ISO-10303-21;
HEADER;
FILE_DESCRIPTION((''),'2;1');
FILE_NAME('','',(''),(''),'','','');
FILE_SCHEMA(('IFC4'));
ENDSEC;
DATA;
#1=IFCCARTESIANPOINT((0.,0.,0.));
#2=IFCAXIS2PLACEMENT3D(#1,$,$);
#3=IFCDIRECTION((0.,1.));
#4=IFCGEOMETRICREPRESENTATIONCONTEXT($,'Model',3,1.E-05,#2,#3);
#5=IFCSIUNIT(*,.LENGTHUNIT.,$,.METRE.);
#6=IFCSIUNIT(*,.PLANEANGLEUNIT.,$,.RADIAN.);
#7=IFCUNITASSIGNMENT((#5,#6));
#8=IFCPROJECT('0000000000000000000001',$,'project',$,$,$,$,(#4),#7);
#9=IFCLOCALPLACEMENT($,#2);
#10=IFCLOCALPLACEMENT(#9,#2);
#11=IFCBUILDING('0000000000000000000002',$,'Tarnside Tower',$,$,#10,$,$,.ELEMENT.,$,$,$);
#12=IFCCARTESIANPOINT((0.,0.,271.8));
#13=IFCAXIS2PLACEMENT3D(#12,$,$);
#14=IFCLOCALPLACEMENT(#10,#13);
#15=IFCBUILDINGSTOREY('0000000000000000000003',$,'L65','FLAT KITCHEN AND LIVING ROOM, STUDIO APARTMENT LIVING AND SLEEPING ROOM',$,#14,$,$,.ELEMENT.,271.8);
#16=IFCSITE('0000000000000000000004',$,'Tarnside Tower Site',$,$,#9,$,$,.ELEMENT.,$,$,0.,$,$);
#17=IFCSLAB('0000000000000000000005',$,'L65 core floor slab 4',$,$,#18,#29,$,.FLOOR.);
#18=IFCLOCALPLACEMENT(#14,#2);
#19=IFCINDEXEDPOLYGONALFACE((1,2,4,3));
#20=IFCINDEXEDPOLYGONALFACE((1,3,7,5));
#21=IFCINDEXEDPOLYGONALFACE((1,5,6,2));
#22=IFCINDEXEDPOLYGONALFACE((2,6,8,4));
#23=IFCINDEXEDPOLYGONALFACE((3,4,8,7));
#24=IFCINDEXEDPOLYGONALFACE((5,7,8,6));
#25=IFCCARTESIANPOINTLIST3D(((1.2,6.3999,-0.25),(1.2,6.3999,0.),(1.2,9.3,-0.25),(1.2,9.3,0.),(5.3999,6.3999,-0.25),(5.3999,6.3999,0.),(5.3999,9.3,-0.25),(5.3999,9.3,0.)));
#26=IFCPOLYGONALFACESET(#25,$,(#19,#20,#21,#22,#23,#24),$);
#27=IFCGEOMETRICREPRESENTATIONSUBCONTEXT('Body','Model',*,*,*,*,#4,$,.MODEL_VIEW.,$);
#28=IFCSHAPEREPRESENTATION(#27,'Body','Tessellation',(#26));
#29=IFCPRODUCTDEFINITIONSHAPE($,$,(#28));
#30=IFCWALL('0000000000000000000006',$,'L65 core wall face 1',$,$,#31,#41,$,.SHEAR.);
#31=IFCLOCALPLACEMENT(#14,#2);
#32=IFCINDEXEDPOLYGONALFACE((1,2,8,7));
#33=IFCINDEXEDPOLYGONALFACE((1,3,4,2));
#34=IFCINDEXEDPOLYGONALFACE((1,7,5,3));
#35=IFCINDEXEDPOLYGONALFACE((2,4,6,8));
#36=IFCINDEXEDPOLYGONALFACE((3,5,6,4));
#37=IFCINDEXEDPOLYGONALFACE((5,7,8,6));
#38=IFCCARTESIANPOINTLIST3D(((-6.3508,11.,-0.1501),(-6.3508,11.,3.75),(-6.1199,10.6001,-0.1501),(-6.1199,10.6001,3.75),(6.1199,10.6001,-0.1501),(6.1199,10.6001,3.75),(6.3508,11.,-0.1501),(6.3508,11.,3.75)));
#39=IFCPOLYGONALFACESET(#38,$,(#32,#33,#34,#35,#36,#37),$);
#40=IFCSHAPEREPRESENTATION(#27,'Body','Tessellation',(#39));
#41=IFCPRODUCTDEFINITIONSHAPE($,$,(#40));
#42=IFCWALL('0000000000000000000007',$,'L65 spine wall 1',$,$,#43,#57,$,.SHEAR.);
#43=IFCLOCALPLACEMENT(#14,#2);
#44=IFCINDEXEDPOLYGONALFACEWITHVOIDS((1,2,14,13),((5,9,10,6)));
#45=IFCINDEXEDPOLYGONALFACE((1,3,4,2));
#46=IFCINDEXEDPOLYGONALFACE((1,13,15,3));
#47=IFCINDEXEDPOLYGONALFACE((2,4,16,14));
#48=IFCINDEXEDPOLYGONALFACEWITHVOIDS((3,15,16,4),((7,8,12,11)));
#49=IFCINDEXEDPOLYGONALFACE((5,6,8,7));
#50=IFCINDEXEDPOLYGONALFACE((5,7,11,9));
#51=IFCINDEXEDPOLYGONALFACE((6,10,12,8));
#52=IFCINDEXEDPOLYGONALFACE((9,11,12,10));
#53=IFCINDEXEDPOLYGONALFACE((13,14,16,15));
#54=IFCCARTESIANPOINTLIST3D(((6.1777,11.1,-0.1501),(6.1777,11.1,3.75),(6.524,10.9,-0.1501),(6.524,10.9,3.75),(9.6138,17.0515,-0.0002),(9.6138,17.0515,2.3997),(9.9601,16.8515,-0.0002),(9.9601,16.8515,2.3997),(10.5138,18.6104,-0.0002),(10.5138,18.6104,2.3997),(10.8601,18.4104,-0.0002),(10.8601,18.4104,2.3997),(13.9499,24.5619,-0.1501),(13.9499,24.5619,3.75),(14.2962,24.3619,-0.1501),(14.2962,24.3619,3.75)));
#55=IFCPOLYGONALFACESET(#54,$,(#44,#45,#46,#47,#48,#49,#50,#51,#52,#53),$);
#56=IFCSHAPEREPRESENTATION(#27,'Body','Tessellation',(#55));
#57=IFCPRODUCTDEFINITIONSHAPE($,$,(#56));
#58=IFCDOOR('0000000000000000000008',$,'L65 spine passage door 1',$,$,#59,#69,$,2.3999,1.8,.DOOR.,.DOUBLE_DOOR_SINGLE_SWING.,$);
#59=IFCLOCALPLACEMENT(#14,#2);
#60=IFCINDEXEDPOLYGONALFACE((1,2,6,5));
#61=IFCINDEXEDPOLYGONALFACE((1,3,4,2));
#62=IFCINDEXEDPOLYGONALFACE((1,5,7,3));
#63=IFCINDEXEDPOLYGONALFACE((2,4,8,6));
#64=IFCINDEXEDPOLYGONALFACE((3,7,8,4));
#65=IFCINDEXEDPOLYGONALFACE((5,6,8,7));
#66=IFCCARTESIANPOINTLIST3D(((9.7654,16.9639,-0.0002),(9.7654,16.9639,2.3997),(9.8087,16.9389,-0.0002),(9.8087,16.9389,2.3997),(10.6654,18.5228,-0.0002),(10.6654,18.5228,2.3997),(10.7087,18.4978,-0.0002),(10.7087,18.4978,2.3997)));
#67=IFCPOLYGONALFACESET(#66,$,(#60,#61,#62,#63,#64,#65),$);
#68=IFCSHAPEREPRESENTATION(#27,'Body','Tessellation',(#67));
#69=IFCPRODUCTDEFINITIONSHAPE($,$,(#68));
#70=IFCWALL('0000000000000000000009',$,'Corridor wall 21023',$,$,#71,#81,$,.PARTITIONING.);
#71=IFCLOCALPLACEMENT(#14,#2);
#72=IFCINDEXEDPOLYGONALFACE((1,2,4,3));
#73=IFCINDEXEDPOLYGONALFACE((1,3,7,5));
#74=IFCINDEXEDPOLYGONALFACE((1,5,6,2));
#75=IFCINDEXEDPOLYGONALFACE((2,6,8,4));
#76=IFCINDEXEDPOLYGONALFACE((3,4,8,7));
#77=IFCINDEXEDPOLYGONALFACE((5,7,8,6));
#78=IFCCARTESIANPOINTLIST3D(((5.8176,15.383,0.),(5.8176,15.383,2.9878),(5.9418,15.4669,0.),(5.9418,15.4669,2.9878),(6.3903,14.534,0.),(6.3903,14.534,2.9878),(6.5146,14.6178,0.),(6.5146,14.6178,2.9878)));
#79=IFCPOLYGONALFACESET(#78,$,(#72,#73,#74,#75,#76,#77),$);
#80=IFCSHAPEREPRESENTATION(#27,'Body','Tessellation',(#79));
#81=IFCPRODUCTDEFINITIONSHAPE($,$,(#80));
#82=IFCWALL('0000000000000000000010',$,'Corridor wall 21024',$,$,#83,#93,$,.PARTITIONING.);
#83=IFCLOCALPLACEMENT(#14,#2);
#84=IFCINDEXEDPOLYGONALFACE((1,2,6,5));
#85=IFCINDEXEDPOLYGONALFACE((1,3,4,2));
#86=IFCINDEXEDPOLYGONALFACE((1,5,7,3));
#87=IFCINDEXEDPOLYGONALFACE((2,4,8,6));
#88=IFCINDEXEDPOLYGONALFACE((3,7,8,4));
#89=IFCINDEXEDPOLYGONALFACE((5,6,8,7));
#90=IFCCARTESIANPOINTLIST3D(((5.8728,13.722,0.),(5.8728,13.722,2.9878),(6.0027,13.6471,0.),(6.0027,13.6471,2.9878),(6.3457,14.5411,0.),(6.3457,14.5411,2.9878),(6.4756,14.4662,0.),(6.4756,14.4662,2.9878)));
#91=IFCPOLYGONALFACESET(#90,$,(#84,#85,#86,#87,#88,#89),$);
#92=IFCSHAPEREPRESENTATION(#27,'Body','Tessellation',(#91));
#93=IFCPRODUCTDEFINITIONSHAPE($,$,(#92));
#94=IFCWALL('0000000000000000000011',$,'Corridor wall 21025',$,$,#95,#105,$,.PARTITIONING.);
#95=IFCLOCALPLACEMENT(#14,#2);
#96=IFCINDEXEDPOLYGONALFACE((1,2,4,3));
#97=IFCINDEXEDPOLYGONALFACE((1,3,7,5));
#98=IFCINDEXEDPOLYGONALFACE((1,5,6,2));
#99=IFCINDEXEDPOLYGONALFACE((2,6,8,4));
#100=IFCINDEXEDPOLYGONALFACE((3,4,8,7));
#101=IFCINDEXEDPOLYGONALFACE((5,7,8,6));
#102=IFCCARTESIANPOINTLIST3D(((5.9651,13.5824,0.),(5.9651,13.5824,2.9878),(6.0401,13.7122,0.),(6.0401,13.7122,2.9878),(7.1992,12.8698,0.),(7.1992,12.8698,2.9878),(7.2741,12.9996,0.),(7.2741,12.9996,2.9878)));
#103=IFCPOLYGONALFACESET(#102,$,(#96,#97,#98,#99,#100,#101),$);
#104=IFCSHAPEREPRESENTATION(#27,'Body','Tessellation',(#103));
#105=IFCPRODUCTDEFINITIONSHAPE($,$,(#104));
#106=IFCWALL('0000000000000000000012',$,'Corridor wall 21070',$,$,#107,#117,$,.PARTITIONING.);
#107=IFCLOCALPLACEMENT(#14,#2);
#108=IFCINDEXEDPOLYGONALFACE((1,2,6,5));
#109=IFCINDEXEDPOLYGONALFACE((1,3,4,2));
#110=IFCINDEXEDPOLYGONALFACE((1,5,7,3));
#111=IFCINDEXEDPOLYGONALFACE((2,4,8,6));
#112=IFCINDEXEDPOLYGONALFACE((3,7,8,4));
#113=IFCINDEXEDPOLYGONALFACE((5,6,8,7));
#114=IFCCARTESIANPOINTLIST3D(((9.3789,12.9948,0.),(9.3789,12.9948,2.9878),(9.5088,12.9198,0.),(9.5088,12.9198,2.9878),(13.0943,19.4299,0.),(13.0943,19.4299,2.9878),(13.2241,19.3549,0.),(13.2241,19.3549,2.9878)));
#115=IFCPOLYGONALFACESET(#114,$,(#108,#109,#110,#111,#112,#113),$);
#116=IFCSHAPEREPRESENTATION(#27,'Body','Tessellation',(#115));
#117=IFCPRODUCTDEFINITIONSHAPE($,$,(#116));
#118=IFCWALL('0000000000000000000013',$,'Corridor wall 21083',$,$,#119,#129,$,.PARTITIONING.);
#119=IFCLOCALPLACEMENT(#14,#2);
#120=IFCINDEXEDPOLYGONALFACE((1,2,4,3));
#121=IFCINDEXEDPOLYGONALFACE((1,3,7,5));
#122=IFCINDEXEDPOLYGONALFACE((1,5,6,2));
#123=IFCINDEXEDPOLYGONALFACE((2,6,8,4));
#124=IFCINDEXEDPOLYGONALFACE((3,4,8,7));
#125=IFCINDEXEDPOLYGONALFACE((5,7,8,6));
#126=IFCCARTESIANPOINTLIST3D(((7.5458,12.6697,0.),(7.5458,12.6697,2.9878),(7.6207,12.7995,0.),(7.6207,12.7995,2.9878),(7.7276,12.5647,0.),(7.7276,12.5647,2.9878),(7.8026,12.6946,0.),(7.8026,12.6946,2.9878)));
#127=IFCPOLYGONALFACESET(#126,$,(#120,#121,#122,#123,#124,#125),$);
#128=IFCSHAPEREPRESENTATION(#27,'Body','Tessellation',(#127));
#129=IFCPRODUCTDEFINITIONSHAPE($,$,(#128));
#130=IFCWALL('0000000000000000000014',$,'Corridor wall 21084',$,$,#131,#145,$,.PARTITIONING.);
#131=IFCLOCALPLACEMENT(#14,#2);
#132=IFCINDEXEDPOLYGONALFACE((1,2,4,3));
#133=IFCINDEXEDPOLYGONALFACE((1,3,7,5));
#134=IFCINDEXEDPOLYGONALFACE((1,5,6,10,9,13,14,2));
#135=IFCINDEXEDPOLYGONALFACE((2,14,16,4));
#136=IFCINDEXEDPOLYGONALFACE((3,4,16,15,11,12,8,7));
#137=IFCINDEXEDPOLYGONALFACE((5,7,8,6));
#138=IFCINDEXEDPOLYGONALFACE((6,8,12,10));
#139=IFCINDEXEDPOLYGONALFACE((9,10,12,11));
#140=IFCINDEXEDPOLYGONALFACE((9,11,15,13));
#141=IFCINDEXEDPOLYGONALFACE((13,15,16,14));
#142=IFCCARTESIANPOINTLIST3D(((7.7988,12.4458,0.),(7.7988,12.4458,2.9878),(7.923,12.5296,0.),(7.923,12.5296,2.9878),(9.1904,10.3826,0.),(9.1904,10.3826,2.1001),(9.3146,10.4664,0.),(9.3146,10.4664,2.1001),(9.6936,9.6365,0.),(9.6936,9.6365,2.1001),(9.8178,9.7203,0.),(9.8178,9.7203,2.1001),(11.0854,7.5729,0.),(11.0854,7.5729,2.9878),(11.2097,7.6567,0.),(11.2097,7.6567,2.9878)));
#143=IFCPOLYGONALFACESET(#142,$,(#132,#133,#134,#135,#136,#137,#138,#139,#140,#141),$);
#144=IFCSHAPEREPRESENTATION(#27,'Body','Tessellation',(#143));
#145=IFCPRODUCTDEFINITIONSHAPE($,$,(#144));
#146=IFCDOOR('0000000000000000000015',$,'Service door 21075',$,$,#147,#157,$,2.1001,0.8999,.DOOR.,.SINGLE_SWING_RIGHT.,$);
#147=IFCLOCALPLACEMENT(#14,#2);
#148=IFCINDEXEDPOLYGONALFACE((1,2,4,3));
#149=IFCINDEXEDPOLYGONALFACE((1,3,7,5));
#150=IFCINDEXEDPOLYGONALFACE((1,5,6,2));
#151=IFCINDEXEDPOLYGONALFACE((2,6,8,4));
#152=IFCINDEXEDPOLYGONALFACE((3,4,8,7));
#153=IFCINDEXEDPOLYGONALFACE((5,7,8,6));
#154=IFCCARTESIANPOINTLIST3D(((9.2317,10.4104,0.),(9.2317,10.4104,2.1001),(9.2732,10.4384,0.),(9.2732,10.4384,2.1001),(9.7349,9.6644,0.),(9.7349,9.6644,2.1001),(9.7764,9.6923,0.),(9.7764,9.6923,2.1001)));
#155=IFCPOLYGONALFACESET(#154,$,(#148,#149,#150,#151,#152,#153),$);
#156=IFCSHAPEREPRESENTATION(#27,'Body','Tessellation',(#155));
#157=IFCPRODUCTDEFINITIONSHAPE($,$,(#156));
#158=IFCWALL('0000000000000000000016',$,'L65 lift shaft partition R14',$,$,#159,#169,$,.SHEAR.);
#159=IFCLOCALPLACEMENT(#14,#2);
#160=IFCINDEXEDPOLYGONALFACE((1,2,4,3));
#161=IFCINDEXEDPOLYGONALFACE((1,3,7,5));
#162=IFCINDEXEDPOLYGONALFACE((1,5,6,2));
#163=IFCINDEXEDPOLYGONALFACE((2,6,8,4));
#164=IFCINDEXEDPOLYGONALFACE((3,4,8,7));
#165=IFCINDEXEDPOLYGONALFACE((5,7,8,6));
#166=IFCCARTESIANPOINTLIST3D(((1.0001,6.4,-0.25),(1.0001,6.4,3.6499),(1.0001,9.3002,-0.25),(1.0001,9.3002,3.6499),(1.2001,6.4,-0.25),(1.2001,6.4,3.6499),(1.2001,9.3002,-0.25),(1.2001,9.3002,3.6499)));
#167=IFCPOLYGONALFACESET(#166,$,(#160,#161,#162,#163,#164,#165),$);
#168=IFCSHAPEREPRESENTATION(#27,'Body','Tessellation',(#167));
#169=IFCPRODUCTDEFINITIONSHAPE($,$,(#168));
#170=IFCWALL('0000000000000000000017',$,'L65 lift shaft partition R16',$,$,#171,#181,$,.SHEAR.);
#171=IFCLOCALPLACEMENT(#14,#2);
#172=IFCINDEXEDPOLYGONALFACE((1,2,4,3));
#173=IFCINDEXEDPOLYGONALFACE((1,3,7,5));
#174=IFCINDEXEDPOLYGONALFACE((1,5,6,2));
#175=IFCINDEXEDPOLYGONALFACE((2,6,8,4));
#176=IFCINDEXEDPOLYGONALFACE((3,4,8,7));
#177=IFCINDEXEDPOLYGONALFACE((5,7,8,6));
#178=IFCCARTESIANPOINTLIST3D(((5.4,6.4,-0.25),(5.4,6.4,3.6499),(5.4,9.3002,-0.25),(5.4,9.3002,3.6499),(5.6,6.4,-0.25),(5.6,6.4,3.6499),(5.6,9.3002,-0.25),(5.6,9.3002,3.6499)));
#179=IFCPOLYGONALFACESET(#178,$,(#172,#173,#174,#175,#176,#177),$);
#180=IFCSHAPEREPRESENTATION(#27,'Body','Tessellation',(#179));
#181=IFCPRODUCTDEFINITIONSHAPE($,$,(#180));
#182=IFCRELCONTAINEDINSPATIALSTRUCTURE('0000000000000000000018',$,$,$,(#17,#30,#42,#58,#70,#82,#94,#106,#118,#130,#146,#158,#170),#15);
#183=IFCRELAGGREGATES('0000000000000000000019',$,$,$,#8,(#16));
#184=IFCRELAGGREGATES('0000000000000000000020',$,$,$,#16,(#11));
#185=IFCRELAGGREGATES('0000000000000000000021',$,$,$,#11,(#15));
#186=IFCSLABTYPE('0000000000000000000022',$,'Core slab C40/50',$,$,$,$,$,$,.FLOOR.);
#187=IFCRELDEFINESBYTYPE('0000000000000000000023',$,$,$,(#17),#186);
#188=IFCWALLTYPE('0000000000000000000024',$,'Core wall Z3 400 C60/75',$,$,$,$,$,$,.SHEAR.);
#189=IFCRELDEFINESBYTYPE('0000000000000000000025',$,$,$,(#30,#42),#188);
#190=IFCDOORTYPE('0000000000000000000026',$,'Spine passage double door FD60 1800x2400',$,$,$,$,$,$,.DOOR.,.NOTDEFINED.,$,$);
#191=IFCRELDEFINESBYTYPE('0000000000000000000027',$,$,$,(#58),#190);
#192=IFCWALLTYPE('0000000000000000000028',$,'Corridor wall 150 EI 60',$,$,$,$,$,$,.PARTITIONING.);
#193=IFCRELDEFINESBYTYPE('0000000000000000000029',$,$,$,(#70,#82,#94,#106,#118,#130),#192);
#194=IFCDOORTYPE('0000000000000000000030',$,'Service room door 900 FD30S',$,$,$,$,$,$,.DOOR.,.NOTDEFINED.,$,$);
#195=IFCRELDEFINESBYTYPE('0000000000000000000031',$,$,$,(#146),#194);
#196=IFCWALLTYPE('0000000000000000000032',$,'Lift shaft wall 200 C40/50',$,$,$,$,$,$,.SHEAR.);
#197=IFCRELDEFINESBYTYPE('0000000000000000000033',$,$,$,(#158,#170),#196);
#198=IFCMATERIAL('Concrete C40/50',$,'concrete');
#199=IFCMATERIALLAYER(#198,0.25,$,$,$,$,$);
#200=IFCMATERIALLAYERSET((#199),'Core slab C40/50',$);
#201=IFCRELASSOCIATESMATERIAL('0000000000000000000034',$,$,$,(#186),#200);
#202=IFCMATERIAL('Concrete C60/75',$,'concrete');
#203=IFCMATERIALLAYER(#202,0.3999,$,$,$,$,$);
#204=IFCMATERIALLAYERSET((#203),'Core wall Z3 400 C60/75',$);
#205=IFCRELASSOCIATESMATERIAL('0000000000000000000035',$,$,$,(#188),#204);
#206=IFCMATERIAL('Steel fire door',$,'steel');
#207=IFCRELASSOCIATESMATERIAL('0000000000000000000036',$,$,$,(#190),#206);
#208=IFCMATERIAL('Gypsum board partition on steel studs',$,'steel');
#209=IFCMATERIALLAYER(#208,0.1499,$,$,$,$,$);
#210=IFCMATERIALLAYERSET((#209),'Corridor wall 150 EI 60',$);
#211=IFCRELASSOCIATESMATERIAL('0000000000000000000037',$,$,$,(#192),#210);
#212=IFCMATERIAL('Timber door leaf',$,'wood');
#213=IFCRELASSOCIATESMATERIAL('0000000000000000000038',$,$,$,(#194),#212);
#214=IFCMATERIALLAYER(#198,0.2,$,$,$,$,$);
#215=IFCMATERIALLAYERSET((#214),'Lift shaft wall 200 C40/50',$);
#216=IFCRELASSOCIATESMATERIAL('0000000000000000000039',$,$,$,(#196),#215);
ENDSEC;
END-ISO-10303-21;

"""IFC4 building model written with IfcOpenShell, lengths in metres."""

from ifc_helpers import new_model, si_unit, direction, frame, frame_2d, origin, place, context, subcontext, project, spatial, polyline, rectangle, outline, extrude, material, layer, layer_set, type_object, element, fill, save


model = new_model("IFC4")

# Units and contexts
model_context = context("Model", 3, precision=1e-05, world=origin(), true_north=direction((0.0, 1.0)))
body_context = subcontext(model_context, "Body", "Model", "MODEL_VIEW")
ifc_project = project(units=[si_unit("LENGTHUNIT", "METRE"), si_unit("PLANEANGLEUNIT", "RADIAN")], contexts=[model_context])

# Site, building, storey
site_placement = place(None, origin())
site = spatial("IfcSite", under=ifc_project, at=site_placement, Name="Tarnside Tower Site", CompositionType="ELEMENT", RefElevation=0.0)
building_placement = place(site_placement, origin())
building = spatial("IfcBuilding", under=site, at=building_placement, Name="Tarnside Tower", CompositionType="ELEMENT")
storey_placement = place(building_placement, frame((0.0, 0.0, 271.8)))
storey = spatial("IfcBuildingStorey", under=building, at=storey_placement, Name="L65", Description="FLAT KITCHEN AND LIVING ROOM, STUDIO APARTMENT LIVING AND SLEEPING ROOM", CompositionType="ELEMENT", Elevation=271.8)

# Slab
ifc_material_1 = material(Name="Concrete C40/50", Category="concrete")
ifc_layer_1 = layer(ifc_material_1, 0.25)
ifc_layer_set_1 = layer_set([ifc_layer_1], Name="Core slab C40/50")
slab_type = type_object("IfcSlabType", Name="Core slab C40/50", PredefinedType="FLOOR", material=ifc_layer_set_1)
slab_placement = place(storey_placement, frame((0.0, 0.0, -0.25)))
element("IfcSlab", 1, at=slab_placement, inside=storey, type_object=slab_type, Name="L65 core floor slab 4", PredefinedType="FLOOR", context=body_context, shape_type="SweptSolid", body=[
    extrude(outline(polyline([(5.3999, 6.3999), (1.2, 6.3999), (1.2, 9.3), (5.3999, 9.3), (5.3999, 6.3999)])), origin(), (0.0, 0.0, 1.0), 0.25),
])

# Wall
ifc_material_2 = material(Name="Concrete C60/75", Category="concrete")
ifc_layer_2 = layer(ifc_material_2, 0.3999)
ifc_layer_set_2 = layer_set([ifc_layer_2], Name="Core wall Z3 400 C60/75")
wall_type_1 = type_object("IfcWallType", Name="Core wall Z3 400 C60/75", PredefinedType="SHEAR", material=ifc_layer_set_2)
wall_1_placement = place(storey_placement, frame((6.2354, 10.8, -0.1501), z_axis=(0.0, 0.0, 1.0), x_axis=(-1.0, 0.0, 0.0)))
element("IfcWall", 2, at=wall_1_placement, inside=storey, type_object=wall_type_1, Name="L65 core wall face 1", PredefinedType="SHEAR", context=body_context, shape_type="SweptSolid", body=[
    extrude(outline(polyline([(-0.1155, -0.2), (12.5862, -0.2), (12.3552, 0.2), (0.1155, 0.2), (-0.1155, -0.2)])), origin(), (0.0, 0.0, 1.0), 3.9001),
])

# Wall, opening, door
wall_2_placement = place(storey_placement, frame((6.3508, 11.0, -0.1501), z_axis=(0.0, 0.0, 1.0), x_axis=(0.499999, 0.866026, 0.0)))
wall_2 = element("IfcWall", 3, at=wall_2_placement, inside=storey, type_object=wall_type_1, Name="L65 spine wall 1", PredefinedType="SHEAR", context=body_context, shape_type="SweptSolid", body=[
    extrude(rectangle(XDim=15.5444, YDim=0.3999, at=frame_2d((7.7722, 0.0))), origin(), (0.0, 0.0, 1.0), 3.9001),
])
opening_1_placement = place(wall_2_placement, frame((6.8723, 0.0, 0.1499)))
opening_1 = element("IfcOpeningElement", 4, at=opening_1_placement, cuts=wall_2, PredefinedType="OPENING", context=body_context, shape_type="SweptSolid", body=[
    extrude(rectangle(XDim=1.8, YDim=2.3999, at=frame_2d((0.8999, 1.2))), frame((0.0, 0.21, 0.0), z_axis=(0.0, -1.0, 0.0), x_axis=(1.0, 0.0, 0.0)), (0.0, 0.0, 1.0), 0.4199),
])
ifc_material_3 = material(Name="Steel fire door", Category="steel")
door_type_1 = type_object("IfcDoorType", Name="Spine passage double door FD60 1800x2400", OperationType="NOTDEFINED", PredefinedType="DOOR", material=ifc_material_3)
door_1_placement = place(opening_1_placement, origin())
door_1 = element("IfcDoor", 5, at=door_1_placement, inside=storey, type_object=door_type_1, Name="L65 spine passage door 1", OperationType="DOUBLE_DOOR_SINGLE_SWING", OverallHeight=2.3999, OverallWidth=1.8, PredefinedType="DOOR", context=body_context, shape_type="SweptSolid", body=[
    extrude(rectangle(XDim=1.8, YDim=2.3999, at=frame_2d((0.8999, 1.2))), frame((0.0, 0.0249, 0.0), z_axis=(0.0, -1.0, 0.0), x_axis=(1.0, 0.0, 0.0)), (0.0, 0.0, 1.0), 0.05),
])
fill(opening_1, door_1)

# Walls
ifc_material_4 = material(Name="Gypsum board partition on steel studs", Category="steel")
ifc_layer_3 = layer(ifc_material_4, 0.1499)
ifc_layer_set_3 = layer_set([ifc_layer_3], Name="Corridor wall 150 EI 60")
wall_type_2 = type_object("IfcWallType", Name="Corridor wall 150 EI 60", PredefinedType="PARTITIONING", material=ifc_layer_set_3)
wall_3_placement = place(storey_placement, frame((5.8796, 15.425, 0.0), z_axis=(0.0, 0.0, 1.0), x_axis=(0.559203, -0.829031, 0.0)))
element("IfcWall", 6, at=wall_3_placement, inside=storey, type_object=wall_type_2, Name="Corridor wall 21023", PredefinedType="PARTITIONING", context=body_context, shape_type="SweptSolid", body=[
    extrude(rectangle(XDim=1.0242, YDim=0.1499, at=frame_2d((0.5122, 0.0))), origin(), (0.0, 0.0, 1.0), 2.9878),
])
wall_4_placement = place(storey_placement, frame((6.4106, 14.5037, 0.0), z_axis=(0.0, 0.0, 1.0), x_axis=(-0.499998, -0.866027, 0.0)))
element("IfcWall", 7, at=wall_4_placement, inside=storey, type_object=wall_type_2, Name="Corridor wall 21024", PredefinedType="PARTITIONING", context=body_context, shape_type="SweptSolid", body=[
    extrude(rectangle(XDim=0.9458, YDim=0.1499, at=frame_2d((0.4729, 0.0))), origin(), (0.0, 0.0, 1.0), 2.9878),
])
wall_5_placement = place(storey_placement, frame((6.0027, 13.6472, 0.0), z_axis=(0.0, 0.0, 1.0), x_axis=(0.865989, -0.500064, 0.0)))
element("IfcWall", 8, at=wall_5_placement, inside=storey, type_object=wall_type_2, Name="Corridor wall 21025", PredefinedType="PARTITIONING", context=body_context, shape_type="SweptSolid", body=[
    extrude(rectangle(XDim=1.425, YDim=0.1499, at=frame_2d((0.7124, 0.0))), origin(), (0.0, 0.0, 1.0), 2.9878),
])
wall_6_placement = place(storey_placement, frame((9.4438, 12.9573, 0.0), z_axis=(0.0, 0.0, 1.0), x_axis=(0.500005, 0.866023, 0.0)))
element("IfcWall", 9, at=wall_6_placement, inside=storey, type_object=wall_type_2, Name="Corridor wall 21070", PredefinedType="PARTITIONING", context=body_context, shape_type="SweptSolid", body=[
    extrude(rectangle(XDim=7.4307, YDim=0.1499, at=frame_2d((3.7153, 0.0))), origin(), (0.0, 0.0, 1.0), 2.9878),
])
wall_7_placement = place(storey_placement, frame((7.5833, 12.7346, 0.0), z_axis=(0.0, 0.0, 1.0), x_axis=(0.866089, -0.49989, 0.0)))
element("IfcWall", 10, at=wall_7_placement, inside=storey, type_object=wall_type_2, Name="Corridor wall 21083", PredefinedType="PARTITIONING", context=body_context, shape_type="SweptSolid", body=[
    extrude(rectangle(XDim=0.21, YDim=0.1499, at=frame_2d((0.105, 0.0))), origin(), (0.0, 0.0, 1.0), 2.9878),
])

# Wall, opening, door
wall_8_placement = place(storey_placement, frame((7.8608, 12.4878, 0.0), z_axis=(0.0, 0.0, 1.0), x_axis=(0.559178, -0.829047, 0.0)))
wall_8 = element("IfcWall", 11, at=wall_8_placement, inside=storey, type_object=wall_type_2, Name="Corridor wall 21084", PredefinedType="PARTITIONING", context=body_context, shape_type="SweptSolid", body=[
    extrude(rectangle(XDim=5.8777, YDim=0.1499, at=frame_2d((2.939, 0.0))), origin(), (0.0, 0.0, 1.0), 2.9878),
])
opening_2_placement = place(wall_8_placement, frame((2.4888, 0.0, 0.0)))
opening_2 = element("IfcOpeningElement", 12, at=opening_2_placement, cuts=wall_8, PredefinedType="OPENING", context=body_context, shape_type="SweptSolid", body=[
    extrude(rectangle(XDim=0.8999, YDim=2.1001, at=frame_2d((0.45, 1.05))), frame((0.0, 0.085, 0.0), z_axis=(0.0, -1.0, 0.0), x_axis=(1.0, 0.0, 0.0)), (0.0, 0.0, 1.0), 0.1699),
])
ifc_material_5 = material(Name="Timber door leaf", Category="wood")
door_type_2 = type_object("IfcDoorType", Name="Service room door 900 FD30S", OperationType="NOTDEFINED", PredefinedType="DOOR", material=ifc_material_5)
door_2_placement = place(opening_2_placement, origin())
door_2 = element("IfcDoor", 13, at=door_2_placement, inside=storey, type_object=door_type_2, Name="Service door 21075", OperationType="SINGLE_SWING_RIGHT", OverallHeight=2.1001, OverallWidth=0.8999, PredefinedType="DOOR", context=body_context, shape_type="SweptSolid", body=[
    extrude(rectangle(XDim=0.8999, YDim=2.1001, at=frame_2d((0.45, 1.05))), frame((0.0, 0.0249, 0.0), z_axis=(0.0, -1.0, 0.0), x_axis=(1.0, 0.0, 0.0)), (0.0, 0.0, 1.0), 0.05),
])
fill(opening_2, door_2)

# Walls
ifc_layer_4 = layer(ifc_material_1, 0.2)
ifc_layer_set_4 = layer_set([ifc_layer_4], Name="Lift shaft wall 200 C40/50")
wall_type_3 = type_object("IfcWallType", Name="Lift shaft wall 200 C40/50", PredefinedType="SHEAR", material=ifc_layer_set_4)
for number, where, z_axis, x_axis, name in (
    (14, (1.1001, 6.3999, -0.25), (0.0, 0.0, 1.0), (0.0, 1.0, 0.0), "L65 lift shaft partition R14"),
    (15, (5.5, 6.3999, -0.25), (0.0, 0.0, 1.0), (0.0, 1.0, 0.0), "L65 lift shaft partition R16"),
):
    element("IfcWall", number, at=place(storey_placement, frame(where, z_axis=z_axis, x_axis=x_axis)), inside=storey, type_object=wall_type_3, Name=name, PredefinedType="SHEAR", context=body_context, shape_type="SweptSolid", body=[
        extrude(rectangle(XDim=2.9001, YDim=0.2, at=frame_2d((1.4502, 0.0))), origin(), (0.0, 0.0, 1.0), 3.8999),
    ])

save(model, "model.ifc")
